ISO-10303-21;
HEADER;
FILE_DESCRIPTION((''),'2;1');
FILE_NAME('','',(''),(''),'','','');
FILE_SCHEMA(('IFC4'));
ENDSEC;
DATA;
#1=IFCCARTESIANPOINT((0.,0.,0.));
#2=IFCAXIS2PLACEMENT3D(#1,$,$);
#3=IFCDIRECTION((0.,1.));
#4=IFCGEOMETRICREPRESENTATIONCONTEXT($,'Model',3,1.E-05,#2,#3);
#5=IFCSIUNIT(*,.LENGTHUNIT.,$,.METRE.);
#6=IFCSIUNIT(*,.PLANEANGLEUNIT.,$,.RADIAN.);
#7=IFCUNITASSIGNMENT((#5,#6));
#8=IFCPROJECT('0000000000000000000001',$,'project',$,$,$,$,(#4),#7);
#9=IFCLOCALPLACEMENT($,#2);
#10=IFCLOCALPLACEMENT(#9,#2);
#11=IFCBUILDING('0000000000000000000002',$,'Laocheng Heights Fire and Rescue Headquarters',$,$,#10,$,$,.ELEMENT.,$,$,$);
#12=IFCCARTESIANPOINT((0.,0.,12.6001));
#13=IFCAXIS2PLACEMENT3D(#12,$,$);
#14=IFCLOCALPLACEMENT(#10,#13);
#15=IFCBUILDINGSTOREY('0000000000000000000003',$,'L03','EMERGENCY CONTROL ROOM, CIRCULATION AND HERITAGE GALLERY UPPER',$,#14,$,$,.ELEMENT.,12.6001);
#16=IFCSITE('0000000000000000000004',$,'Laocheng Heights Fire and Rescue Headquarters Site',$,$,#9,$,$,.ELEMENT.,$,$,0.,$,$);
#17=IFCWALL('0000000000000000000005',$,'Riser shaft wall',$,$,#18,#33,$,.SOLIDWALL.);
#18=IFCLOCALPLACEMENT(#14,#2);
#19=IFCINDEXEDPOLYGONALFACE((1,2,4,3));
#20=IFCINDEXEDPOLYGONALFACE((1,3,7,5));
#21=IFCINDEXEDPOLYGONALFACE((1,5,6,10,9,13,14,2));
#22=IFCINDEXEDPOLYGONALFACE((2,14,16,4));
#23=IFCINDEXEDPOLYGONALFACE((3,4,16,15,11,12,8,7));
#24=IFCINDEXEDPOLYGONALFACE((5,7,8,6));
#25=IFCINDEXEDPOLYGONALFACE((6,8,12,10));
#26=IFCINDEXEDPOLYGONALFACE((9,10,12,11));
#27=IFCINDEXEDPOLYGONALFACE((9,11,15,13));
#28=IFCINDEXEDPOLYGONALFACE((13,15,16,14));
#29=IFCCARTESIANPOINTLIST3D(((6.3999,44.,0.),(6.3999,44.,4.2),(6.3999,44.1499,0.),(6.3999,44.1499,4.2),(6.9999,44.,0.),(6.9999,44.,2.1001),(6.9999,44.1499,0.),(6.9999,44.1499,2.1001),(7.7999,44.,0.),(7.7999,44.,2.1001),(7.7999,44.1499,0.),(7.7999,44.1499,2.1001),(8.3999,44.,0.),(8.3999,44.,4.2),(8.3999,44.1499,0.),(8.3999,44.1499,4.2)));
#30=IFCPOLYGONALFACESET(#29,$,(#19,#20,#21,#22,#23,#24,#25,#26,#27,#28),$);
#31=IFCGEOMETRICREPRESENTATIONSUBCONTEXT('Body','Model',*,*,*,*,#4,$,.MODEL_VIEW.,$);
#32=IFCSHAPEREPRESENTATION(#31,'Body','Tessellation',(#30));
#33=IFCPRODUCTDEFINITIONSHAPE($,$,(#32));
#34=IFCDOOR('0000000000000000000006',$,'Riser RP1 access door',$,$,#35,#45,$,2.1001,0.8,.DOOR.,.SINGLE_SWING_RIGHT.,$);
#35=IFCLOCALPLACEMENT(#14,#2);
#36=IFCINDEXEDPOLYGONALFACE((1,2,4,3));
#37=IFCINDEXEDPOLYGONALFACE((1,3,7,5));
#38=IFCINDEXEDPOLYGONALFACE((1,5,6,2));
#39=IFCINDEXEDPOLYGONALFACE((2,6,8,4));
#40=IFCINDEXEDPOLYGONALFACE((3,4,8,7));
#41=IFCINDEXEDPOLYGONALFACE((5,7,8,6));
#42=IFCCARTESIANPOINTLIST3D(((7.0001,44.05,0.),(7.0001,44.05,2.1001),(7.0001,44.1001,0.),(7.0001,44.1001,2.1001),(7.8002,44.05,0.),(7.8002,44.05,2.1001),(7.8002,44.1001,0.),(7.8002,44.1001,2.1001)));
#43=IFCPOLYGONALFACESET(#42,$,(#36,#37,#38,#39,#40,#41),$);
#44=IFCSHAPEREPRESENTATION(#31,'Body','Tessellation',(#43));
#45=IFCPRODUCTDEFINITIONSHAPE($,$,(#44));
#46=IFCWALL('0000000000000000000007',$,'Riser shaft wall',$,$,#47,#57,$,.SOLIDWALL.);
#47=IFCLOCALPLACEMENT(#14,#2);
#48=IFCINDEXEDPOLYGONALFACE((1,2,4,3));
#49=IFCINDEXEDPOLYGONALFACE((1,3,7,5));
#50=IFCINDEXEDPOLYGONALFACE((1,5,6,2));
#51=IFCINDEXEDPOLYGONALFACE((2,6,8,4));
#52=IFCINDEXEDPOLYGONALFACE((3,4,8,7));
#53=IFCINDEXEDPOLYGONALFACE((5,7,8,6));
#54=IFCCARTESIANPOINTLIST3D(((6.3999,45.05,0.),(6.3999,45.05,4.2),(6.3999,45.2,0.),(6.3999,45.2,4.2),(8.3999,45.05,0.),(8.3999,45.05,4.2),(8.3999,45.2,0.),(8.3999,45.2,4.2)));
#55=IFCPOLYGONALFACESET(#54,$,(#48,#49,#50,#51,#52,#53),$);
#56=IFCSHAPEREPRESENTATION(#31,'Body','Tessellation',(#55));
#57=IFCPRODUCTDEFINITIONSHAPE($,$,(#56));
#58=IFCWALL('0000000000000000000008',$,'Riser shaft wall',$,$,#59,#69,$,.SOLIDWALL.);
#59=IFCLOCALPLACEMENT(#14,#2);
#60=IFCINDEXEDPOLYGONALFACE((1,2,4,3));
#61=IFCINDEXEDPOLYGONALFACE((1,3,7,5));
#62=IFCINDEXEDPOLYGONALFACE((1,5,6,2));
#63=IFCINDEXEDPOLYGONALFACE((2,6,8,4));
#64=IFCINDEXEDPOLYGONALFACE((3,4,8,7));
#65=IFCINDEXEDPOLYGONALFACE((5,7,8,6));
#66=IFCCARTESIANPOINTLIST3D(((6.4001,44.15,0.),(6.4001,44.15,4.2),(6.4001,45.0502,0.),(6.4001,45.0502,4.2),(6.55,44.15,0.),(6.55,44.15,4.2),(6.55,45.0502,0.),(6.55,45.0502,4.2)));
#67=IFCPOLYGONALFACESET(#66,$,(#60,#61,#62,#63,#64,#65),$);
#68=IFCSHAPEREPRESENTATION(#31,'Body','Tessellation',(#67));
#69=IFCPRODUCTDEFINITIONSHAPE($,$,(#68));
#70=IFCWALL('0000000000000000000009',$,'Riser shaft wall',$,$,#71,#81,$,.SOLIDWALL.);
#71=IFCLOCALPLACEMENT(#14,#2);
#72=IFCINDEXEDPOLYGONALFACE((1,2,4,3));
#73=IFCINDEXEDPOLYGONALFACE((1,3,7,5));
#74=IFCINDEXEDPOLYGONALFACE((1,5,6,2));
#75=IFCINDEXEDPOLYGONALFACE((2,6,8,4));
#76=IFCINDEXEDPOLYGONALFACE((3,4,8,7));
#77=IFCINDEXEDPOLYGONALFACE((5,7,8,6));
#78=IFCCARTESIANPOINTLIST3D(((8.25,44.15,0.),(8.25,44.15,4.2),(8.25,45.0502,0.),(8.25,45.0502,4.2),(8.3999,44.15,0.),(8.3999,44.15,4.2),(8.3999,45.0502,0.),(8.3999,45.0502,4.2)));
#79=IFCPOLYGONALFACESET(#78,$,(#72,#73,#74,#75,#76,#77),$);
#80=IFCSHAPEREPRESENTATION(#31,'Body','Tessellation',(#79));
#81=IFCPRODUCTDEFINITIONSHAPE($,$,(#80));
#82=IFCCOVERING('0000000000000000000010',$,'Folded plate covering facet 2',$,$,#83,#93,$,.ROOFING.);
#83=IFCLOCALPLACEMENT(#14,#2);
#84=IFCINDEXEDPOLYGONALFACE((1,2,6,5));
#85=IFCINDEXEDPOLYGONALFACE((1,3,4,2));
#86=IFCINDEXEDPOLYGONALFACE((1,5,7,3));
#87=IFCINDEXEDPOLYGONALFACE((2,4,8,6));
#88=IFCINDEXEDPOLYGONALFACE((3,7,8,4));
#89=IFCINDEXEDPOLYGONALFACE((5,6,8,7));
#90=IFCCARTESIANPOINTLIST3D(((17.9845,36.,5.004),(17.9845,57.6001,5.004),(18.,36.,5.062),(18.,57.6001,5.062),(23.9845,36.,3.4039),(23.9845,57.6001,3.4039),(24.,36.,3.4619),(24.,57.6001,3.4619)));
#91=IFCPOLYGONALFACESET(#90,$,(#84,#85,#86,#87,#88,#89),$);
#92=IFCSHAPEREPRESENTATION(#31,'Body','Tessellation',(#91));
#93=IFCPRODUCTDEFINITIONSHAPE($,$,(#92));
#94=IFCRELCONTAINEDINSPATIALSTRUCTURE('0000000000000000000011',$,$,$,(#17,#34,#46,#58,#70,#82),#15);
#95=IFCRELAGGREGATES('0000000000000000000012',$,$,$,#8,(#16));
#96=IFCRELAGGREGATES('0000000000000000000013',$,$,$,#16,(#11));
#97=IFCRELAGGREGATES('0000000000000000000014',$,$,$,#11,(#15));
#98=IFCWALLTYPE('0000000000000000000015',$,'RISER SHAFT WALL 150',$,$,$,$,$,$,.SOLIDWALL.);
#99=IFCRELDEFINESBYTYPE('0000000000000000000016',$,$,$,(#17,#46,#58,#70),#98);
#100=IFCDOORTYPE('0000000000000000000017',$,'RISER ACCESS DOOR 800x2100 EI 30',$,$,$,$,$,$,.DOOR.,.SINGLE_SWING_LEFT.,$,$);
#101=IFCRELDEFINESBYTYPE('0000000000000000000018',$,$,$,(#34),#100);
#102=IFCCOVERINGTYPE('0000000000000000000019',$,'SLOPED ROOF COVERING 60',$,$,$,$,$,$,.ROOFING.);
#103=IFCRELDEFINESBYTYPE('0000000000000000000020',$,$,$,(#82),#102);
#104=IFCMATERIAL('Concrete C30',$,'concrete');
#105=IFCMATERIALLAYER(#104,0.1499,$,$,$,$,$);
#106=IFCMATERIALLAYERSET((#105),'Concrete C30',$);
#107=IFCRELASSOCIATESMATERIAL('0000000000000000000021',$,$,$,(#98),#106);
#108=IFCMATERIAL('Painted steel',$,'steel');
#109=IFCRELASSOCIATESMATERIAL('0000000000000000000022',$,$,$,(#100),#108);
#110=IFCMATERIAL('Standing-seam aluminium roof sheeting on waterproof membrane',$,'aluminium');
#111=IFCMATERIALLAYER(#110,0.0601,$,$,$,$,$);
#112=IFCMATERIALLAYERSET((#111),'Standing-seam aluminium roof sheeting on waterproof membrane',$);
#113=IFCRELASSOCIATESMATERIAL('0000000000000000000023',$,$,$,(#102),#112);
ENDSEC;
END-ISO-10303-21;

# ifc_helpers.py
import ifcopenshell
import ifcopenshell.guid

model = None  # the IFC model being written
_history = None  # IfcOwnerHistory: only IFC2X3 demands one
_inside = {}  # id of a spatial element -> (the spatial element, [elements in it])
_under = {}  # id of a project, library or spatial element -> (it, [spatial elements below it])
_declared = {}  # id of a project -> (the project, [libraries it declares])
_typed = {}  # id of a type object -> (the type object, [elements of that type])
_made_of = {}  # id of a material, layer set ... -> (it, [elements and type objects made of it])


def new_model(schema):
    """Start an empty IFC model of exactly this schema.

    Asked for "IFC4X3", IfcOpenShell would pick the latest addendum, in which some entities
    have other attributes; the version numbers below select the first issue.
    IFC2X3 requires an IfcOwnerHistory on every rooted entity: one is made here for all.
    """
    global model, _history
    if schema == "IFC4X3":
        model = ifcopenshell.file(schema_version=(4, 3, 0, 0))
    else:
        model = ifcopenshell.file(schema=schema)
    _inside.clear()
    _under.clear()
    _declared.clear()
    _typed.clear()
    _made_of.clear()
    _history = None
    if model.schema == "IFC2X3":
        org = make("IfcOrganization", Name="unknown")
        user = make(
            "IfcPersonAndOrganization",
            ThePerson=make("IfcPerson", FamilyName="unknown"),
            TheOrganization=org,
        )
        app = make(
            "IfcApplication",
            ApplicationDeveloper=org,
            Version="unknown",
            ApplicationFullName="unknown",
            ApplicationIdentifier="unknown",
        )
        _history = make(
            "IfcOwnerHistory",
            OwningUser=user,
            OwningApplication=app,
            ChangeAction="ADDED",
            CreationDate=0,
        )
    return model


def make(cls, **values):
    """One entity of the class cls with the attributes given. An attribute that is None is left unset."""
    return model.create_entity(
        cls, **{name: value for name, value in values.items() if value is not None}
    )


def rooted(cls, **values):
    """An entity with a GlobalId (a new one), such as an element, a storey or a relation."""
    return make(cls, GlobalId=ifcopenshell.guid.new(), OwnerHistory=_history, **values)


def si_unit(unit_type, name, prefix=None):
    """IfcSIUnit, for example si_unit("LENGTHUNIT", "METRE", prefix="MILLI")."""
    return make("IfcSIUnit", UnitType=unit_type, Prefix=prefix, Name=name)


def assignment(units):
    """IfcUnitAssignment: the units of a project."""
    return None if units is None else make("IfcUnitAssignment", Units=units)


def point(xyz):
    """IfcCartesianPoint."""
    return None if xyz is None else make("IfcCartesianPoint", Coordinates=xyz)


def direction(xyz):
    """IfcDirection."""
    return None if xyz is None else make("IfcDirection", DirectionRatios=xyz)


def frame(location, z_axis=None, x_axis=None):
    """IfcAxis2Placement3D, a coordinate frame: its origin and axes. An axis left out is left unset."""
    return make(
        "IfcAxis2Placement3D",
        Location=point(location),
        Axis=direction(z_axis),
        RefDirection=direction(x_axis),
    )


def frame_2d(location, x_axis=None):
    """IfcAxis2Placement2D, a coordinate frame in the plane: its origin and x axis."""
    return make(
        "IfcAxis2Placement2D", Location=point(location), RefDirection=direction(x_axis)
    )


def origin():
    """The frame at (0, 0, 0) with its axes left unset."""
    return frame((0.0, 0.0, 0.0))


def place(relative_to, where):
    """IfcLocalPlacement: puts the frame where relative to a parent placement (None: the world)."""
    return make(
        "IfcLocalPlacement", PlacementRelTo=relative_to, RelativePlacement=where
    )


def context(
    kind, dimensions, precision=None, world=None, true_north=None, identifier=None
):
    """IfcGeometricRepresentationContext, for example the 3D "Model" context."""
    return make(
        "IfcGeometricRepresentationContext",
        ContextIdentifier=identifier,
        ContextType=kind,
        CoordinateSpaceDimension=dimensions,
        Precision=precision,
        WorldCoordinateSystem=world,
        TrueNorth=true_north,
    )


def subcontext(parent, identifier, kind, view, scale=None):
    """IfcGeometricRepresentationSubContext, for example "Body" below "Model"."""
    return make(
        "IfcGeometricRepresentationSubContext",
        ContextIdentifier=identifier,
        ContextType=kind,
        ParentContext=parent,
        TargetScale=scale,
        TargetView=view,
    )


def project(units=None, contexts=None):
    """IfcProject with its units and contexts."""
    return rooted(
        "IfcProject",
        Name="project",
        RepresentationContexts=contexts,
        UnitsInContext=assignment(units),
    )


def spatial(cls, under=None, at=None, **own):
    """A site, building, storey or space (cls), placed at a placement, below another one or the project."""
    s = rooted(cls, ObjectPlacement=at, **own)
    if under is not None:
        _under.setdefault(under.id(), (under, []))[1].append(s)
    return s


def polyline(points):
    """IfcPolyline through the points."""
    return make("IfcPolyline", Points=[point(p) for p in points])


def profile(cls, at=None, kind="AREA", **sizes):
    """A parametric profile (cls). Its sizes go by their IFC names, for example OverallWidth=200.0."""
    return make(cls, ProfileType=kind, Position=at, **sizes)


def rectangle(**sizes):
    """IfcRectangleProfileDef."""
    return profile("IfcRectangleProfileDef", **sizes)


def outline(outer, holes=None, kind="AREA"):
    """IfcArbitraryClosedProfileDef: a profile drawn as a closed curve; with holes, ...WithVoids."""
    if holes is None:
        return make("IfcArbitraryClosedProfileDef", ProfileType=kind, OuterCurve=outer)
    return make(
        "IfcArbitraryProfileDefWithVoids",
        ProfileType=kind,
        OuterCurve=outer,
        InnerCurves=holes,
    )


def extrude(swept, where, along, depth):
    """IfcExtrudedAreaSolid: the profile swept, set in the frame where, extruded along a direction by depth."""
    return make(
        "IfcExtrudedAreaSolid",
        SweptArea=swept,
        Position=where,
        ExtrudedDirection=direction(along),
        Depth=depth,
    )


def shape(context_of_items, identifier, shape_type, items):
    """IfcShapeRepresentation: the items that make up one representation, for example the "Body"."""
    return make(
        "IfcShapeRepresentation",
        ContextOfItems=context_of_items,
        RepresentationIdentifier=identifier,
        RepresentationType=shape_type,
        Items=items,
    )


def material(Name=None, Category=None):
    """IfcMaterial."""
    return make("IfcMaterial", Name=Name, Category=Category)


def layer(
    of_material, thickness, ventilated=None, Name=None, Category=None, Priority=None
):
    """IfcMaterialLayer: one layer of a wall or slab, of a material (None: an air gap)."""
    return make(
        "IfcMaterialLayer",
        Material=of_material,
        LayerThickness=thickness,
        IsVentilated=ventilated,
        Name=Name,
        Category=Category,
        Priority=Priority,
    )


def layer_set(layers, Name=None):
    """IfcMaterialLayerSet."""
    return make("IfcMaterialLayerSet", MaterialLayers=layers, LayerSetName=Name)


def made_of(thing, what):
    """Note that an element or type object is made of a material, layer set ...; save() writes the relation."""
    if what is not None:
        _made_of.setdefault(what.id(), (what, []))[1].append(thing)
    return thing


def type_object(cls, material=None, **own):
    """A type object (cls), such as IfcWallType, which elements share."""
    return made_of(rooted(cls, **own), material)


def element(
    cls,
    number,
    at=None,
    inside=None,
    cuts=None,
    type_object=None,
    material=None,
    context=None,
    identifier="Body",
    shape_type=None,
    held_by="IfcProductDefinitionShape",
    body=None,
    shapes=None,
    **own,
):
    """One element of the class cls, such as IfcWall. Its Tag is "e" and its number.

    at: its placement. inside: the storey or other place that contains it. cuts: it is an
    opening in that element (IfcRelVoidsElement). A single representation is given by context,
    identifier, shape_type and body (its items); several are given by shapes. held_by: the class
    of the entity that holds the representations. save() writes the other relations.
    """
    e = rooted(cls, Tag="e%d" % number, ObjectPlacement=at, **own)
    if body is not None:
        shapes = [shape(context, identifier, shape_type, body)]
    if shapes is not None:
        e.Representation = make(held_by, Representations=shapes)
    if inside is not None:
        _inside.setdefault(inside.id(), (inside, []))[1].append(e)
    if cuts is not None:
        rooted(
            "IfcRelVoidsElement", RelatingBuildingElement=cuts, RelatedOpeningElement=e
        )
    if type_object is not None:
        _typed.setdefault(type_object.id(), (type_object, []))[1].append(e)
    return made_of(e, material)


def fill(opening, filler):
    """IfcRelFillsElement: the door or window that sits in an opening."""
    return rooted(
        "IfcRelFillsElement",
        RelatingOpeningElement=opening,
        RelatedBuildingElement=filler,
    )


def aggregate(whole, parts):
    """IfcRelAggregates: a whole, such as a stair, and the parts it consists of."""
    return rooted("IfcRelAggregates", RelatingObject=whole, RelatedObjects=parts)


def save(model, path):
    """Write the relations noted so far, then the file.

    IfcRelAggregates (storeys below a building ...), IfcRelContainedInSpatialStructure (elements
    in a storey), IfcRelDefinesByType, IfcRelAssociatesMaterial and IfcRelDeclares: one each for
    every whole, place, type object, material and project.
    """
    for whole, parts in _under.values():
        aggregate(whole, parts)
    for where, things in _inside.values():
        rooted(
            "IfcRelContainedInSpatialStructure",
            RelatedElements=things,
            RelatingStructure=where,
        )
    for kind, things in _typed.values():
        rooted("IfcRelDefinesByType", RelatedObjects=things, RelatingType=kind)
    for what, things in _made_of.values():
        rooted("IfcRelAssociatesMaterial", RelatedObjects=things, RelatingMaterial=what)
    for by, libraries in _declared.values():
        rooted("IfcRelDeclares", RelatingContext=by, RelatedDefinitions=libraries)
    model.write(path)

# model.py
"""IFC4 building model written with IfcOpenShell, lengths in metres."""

from ifc_helpers import new_model, si_unit, direction, frame, frame_2d, origin, place, context, subcontext, project, spatial, polyline, rectangle, outline, extrude, material, layer, layer_set, type_object, element, fill, save


model = new_model("IFC4")

# Units and contexts
model_context = context("Model", 3, precision=1e-05, world=origin(), true_north=direction((0.0, 1.0)))
body_context = subcontext(model_context, "Body", "Model", "MODEL_VIEW")
ifc_project = project(units=[si_unit("LENGTHUNIT", "METRE"), si_unit("PLANEANGLEUNIT", "RADIAN")], contexts=[model_context])

# Site, building, storey
site_placement = place(None, origin())
site = spatial("IfcSite", under=ifc_project, at=site_placement, Name="Laocheng Heights Fire and Rescue Headquarters Site", CompositionType="ELEMENT", RefElevation=0.0)
building_placement = place(site_placement, origin())
building = spatial("IfcBuilding", under=site, at=building_placement, Name="Laocheng Heights Fire and Rescue Headquarters", CompositionType="ELEMENT")
storey_placement = place(building_placement, frame((0.0, 0.0, 12.6001)))
storey = spatial("IfcBuildingStorey", under=building, at=storey_placement, Name="L03", Description="EMERGENCY CONTROL ROOM, CIRCULATION AND HERITAGE GALLERY UPPER", CompositionType="ELEMENT", Elevation=12.6001)

# Wall, opening, door
ifc_material_1 = material(Name="Concrete C30", Category="concrete")
ifc_layer_1 = layer(ifc_material_1, 0.1499)
ifc_layer_set_1 = layer_set([ifc_layer_1], Name="Concrete C30")
wall_type_1 = type_object("IfcWallType", Name="RISER SHAFT WALL 150", PredefinedType="SOLIDWALL", material=ifc_layer_set_1)
wall_1_placement = place(storey_placement, frame((6.3999, 44.075, 0.0), z_axis=(0.0, 0.0, 1.0), x_axis=(1.0, 0.0, 0.0)))
wall_1 = element("IfcWall", 1, at=wall_1_placement, inside=storey, type_object=wall_type_1, Name="Riser shaft wall", PredefinedType="SOLIDWALL", context=body_context, shape_type="SweptSolid", body=[
    extrude(rectangle(XDim=2.0, YDim=0.1499, at=frame_2d((1.0, 0.0))), origin(), (0.0, 0.0, 1.0), 4.2),
])
opening_1_placement = place(wall_1_placement, frame((0.6001, 0.0, 0.0)))
opening_1 = element("IfcOpeningElement", 2, at=opening_1_placement, cuts=wall_1, PredefinedType="OPENING", context=body_context, shape_type="SweptSolid", body=[
    extrude(rectangle(XDim=0.8, YDim=2.1001, at=frame_2d((0.3999, 1.05))), frame((0.0, 0.085, 0.0), z_axis=(0.0, -1.0, 0.0), x_axis=(1.0, 0.0, 0.0)), (0.0, 0.0, 1.0), 0.1699),
])
ifc_material_2 = material(Name="Painted steel", Category="steel")
door_type_1 = type_object("IfcDoorType", Name="RISER ACCESS DOOR 800x2100 EI 30", OperationType="SINGLE_SWING_LEFT", PredefinedType="DOOR", material=ifc_material_2)
door_1_placement = place(opening_1_placement, frame((0.8, 0.0, 0.0), z_axis=(0.0, 0.0, 1.0), x_axis=(-1.0, 0.0, 0.0)))
door_1 = element("IfcDoor", 3, at=door_1_placement, inside=storey, type_object=door_type_1, Name="Riser RP1 access door", OperationType="SINGLE_SWING_RIGHT", OverallHeight=2.1001, OverallWidth=0.8, PredefinedType="DOOR", context=body_context, shape_type="SweptSolid", body=[
    extrude(rectangle(XDim=0.8, YDim=2.1001, at=frame_2d((0.3999, 1.05))), frame((0.0, 0.0249, 0.0), z_axis=(0.0, -1.0, 0.0), x_axis=(1.0, 0.0, 0.0)), (0.0, 0.0, 1.0), 0.05),
])
fill(opening_1, door_1)

# Walls
wall_2_placement = place(storey_placement, frame((6.3999, 45.125, 0.0), z_axis=(0.0, 0.0, 1.0), x_axis=(1.0, 0.0, 0.0)))
element("IfcWall", 4, at=wall_2_placement, inside=storey, type_object=wall_type_1, Name="Riser shaft wall", PredefinedType="SOLIDWALL", context=body_context, shape_type="SweptSolid", body=[
    extrude(rectangle(XDim=2.0, YDim=0.1499, at=frame_2d((1.0, 0.0))), origin(), (0.0, 0.0, 1.0), 4.2),
])
for number, where, z_axis, x_axis, name in (
    (5, (6.4751, 44.1499, 0.0), (0.0, 0.0, 1.0), (0.0, 1.0, 0.0), "Riser shaft wall"),
    (6, (8.325, 44.1499, 0.0), (0.0, 0.0, 1.0), (0.0, 1.0, 0.0), "Riser shaft wall"),
):
    element("IfcWall", number, at=place(storey_placement, frame(where, z_axis=z_axis, x_axis=x_axis)), inside=storey, type_object=wall_type_1, Name=name, PredefinedType="SOLIDWALL", context=body_context, shape_type="SweptSolid", body=[
        extrude(rectangle(XDim=0.9001, YDim=0.1499, at=frame_2d((0.4502, 0.0))), origin(), (0.0, 0.0, 1.0), 4.2),
    ])

# Covering
ifc_material_3 = material(Name="Standing-seam aluminium roof sheeting on waterproof membrane", Category="aluminium")
ifc_layer_2 = layer(ifc_material_3, 0.0601)
ifc_layer_set_2 = layer_set([ifc_layer_2], Name="Standing-seam aluminium roof sheeting on waterproof membrane")
covering_type = type_object("IfcCoveringType", Name="SLOPED ROOF COVERING 60", PredefinedType="ROOFING", material=ifc_layer_set_2)
covering_placement = place(storey_placement, frame((18.0, 36.0, 5.062), z_axis=(0.257677, 0.0, 0.966231), x_axis=(0.966231, 0.0, -0.257677)))
element("IfcCovering", 7, at=covering_placement, inside=storey, type_object=covering_type, Name="Folded plate covering facet 2", PredefinedType="ROOFING", context=body_context, shape_type="SweptSolid", body=[
    extrude(outline(polyline([(0.0, 0.0), (6.2097, 0.0), (6.2097, 21.6001), (0.0, 21.6001), (0.0, 0.0)])), origin(), (0.0, 0.0, -1.0), 0.0601),
])

save(model, "model.ifc")
